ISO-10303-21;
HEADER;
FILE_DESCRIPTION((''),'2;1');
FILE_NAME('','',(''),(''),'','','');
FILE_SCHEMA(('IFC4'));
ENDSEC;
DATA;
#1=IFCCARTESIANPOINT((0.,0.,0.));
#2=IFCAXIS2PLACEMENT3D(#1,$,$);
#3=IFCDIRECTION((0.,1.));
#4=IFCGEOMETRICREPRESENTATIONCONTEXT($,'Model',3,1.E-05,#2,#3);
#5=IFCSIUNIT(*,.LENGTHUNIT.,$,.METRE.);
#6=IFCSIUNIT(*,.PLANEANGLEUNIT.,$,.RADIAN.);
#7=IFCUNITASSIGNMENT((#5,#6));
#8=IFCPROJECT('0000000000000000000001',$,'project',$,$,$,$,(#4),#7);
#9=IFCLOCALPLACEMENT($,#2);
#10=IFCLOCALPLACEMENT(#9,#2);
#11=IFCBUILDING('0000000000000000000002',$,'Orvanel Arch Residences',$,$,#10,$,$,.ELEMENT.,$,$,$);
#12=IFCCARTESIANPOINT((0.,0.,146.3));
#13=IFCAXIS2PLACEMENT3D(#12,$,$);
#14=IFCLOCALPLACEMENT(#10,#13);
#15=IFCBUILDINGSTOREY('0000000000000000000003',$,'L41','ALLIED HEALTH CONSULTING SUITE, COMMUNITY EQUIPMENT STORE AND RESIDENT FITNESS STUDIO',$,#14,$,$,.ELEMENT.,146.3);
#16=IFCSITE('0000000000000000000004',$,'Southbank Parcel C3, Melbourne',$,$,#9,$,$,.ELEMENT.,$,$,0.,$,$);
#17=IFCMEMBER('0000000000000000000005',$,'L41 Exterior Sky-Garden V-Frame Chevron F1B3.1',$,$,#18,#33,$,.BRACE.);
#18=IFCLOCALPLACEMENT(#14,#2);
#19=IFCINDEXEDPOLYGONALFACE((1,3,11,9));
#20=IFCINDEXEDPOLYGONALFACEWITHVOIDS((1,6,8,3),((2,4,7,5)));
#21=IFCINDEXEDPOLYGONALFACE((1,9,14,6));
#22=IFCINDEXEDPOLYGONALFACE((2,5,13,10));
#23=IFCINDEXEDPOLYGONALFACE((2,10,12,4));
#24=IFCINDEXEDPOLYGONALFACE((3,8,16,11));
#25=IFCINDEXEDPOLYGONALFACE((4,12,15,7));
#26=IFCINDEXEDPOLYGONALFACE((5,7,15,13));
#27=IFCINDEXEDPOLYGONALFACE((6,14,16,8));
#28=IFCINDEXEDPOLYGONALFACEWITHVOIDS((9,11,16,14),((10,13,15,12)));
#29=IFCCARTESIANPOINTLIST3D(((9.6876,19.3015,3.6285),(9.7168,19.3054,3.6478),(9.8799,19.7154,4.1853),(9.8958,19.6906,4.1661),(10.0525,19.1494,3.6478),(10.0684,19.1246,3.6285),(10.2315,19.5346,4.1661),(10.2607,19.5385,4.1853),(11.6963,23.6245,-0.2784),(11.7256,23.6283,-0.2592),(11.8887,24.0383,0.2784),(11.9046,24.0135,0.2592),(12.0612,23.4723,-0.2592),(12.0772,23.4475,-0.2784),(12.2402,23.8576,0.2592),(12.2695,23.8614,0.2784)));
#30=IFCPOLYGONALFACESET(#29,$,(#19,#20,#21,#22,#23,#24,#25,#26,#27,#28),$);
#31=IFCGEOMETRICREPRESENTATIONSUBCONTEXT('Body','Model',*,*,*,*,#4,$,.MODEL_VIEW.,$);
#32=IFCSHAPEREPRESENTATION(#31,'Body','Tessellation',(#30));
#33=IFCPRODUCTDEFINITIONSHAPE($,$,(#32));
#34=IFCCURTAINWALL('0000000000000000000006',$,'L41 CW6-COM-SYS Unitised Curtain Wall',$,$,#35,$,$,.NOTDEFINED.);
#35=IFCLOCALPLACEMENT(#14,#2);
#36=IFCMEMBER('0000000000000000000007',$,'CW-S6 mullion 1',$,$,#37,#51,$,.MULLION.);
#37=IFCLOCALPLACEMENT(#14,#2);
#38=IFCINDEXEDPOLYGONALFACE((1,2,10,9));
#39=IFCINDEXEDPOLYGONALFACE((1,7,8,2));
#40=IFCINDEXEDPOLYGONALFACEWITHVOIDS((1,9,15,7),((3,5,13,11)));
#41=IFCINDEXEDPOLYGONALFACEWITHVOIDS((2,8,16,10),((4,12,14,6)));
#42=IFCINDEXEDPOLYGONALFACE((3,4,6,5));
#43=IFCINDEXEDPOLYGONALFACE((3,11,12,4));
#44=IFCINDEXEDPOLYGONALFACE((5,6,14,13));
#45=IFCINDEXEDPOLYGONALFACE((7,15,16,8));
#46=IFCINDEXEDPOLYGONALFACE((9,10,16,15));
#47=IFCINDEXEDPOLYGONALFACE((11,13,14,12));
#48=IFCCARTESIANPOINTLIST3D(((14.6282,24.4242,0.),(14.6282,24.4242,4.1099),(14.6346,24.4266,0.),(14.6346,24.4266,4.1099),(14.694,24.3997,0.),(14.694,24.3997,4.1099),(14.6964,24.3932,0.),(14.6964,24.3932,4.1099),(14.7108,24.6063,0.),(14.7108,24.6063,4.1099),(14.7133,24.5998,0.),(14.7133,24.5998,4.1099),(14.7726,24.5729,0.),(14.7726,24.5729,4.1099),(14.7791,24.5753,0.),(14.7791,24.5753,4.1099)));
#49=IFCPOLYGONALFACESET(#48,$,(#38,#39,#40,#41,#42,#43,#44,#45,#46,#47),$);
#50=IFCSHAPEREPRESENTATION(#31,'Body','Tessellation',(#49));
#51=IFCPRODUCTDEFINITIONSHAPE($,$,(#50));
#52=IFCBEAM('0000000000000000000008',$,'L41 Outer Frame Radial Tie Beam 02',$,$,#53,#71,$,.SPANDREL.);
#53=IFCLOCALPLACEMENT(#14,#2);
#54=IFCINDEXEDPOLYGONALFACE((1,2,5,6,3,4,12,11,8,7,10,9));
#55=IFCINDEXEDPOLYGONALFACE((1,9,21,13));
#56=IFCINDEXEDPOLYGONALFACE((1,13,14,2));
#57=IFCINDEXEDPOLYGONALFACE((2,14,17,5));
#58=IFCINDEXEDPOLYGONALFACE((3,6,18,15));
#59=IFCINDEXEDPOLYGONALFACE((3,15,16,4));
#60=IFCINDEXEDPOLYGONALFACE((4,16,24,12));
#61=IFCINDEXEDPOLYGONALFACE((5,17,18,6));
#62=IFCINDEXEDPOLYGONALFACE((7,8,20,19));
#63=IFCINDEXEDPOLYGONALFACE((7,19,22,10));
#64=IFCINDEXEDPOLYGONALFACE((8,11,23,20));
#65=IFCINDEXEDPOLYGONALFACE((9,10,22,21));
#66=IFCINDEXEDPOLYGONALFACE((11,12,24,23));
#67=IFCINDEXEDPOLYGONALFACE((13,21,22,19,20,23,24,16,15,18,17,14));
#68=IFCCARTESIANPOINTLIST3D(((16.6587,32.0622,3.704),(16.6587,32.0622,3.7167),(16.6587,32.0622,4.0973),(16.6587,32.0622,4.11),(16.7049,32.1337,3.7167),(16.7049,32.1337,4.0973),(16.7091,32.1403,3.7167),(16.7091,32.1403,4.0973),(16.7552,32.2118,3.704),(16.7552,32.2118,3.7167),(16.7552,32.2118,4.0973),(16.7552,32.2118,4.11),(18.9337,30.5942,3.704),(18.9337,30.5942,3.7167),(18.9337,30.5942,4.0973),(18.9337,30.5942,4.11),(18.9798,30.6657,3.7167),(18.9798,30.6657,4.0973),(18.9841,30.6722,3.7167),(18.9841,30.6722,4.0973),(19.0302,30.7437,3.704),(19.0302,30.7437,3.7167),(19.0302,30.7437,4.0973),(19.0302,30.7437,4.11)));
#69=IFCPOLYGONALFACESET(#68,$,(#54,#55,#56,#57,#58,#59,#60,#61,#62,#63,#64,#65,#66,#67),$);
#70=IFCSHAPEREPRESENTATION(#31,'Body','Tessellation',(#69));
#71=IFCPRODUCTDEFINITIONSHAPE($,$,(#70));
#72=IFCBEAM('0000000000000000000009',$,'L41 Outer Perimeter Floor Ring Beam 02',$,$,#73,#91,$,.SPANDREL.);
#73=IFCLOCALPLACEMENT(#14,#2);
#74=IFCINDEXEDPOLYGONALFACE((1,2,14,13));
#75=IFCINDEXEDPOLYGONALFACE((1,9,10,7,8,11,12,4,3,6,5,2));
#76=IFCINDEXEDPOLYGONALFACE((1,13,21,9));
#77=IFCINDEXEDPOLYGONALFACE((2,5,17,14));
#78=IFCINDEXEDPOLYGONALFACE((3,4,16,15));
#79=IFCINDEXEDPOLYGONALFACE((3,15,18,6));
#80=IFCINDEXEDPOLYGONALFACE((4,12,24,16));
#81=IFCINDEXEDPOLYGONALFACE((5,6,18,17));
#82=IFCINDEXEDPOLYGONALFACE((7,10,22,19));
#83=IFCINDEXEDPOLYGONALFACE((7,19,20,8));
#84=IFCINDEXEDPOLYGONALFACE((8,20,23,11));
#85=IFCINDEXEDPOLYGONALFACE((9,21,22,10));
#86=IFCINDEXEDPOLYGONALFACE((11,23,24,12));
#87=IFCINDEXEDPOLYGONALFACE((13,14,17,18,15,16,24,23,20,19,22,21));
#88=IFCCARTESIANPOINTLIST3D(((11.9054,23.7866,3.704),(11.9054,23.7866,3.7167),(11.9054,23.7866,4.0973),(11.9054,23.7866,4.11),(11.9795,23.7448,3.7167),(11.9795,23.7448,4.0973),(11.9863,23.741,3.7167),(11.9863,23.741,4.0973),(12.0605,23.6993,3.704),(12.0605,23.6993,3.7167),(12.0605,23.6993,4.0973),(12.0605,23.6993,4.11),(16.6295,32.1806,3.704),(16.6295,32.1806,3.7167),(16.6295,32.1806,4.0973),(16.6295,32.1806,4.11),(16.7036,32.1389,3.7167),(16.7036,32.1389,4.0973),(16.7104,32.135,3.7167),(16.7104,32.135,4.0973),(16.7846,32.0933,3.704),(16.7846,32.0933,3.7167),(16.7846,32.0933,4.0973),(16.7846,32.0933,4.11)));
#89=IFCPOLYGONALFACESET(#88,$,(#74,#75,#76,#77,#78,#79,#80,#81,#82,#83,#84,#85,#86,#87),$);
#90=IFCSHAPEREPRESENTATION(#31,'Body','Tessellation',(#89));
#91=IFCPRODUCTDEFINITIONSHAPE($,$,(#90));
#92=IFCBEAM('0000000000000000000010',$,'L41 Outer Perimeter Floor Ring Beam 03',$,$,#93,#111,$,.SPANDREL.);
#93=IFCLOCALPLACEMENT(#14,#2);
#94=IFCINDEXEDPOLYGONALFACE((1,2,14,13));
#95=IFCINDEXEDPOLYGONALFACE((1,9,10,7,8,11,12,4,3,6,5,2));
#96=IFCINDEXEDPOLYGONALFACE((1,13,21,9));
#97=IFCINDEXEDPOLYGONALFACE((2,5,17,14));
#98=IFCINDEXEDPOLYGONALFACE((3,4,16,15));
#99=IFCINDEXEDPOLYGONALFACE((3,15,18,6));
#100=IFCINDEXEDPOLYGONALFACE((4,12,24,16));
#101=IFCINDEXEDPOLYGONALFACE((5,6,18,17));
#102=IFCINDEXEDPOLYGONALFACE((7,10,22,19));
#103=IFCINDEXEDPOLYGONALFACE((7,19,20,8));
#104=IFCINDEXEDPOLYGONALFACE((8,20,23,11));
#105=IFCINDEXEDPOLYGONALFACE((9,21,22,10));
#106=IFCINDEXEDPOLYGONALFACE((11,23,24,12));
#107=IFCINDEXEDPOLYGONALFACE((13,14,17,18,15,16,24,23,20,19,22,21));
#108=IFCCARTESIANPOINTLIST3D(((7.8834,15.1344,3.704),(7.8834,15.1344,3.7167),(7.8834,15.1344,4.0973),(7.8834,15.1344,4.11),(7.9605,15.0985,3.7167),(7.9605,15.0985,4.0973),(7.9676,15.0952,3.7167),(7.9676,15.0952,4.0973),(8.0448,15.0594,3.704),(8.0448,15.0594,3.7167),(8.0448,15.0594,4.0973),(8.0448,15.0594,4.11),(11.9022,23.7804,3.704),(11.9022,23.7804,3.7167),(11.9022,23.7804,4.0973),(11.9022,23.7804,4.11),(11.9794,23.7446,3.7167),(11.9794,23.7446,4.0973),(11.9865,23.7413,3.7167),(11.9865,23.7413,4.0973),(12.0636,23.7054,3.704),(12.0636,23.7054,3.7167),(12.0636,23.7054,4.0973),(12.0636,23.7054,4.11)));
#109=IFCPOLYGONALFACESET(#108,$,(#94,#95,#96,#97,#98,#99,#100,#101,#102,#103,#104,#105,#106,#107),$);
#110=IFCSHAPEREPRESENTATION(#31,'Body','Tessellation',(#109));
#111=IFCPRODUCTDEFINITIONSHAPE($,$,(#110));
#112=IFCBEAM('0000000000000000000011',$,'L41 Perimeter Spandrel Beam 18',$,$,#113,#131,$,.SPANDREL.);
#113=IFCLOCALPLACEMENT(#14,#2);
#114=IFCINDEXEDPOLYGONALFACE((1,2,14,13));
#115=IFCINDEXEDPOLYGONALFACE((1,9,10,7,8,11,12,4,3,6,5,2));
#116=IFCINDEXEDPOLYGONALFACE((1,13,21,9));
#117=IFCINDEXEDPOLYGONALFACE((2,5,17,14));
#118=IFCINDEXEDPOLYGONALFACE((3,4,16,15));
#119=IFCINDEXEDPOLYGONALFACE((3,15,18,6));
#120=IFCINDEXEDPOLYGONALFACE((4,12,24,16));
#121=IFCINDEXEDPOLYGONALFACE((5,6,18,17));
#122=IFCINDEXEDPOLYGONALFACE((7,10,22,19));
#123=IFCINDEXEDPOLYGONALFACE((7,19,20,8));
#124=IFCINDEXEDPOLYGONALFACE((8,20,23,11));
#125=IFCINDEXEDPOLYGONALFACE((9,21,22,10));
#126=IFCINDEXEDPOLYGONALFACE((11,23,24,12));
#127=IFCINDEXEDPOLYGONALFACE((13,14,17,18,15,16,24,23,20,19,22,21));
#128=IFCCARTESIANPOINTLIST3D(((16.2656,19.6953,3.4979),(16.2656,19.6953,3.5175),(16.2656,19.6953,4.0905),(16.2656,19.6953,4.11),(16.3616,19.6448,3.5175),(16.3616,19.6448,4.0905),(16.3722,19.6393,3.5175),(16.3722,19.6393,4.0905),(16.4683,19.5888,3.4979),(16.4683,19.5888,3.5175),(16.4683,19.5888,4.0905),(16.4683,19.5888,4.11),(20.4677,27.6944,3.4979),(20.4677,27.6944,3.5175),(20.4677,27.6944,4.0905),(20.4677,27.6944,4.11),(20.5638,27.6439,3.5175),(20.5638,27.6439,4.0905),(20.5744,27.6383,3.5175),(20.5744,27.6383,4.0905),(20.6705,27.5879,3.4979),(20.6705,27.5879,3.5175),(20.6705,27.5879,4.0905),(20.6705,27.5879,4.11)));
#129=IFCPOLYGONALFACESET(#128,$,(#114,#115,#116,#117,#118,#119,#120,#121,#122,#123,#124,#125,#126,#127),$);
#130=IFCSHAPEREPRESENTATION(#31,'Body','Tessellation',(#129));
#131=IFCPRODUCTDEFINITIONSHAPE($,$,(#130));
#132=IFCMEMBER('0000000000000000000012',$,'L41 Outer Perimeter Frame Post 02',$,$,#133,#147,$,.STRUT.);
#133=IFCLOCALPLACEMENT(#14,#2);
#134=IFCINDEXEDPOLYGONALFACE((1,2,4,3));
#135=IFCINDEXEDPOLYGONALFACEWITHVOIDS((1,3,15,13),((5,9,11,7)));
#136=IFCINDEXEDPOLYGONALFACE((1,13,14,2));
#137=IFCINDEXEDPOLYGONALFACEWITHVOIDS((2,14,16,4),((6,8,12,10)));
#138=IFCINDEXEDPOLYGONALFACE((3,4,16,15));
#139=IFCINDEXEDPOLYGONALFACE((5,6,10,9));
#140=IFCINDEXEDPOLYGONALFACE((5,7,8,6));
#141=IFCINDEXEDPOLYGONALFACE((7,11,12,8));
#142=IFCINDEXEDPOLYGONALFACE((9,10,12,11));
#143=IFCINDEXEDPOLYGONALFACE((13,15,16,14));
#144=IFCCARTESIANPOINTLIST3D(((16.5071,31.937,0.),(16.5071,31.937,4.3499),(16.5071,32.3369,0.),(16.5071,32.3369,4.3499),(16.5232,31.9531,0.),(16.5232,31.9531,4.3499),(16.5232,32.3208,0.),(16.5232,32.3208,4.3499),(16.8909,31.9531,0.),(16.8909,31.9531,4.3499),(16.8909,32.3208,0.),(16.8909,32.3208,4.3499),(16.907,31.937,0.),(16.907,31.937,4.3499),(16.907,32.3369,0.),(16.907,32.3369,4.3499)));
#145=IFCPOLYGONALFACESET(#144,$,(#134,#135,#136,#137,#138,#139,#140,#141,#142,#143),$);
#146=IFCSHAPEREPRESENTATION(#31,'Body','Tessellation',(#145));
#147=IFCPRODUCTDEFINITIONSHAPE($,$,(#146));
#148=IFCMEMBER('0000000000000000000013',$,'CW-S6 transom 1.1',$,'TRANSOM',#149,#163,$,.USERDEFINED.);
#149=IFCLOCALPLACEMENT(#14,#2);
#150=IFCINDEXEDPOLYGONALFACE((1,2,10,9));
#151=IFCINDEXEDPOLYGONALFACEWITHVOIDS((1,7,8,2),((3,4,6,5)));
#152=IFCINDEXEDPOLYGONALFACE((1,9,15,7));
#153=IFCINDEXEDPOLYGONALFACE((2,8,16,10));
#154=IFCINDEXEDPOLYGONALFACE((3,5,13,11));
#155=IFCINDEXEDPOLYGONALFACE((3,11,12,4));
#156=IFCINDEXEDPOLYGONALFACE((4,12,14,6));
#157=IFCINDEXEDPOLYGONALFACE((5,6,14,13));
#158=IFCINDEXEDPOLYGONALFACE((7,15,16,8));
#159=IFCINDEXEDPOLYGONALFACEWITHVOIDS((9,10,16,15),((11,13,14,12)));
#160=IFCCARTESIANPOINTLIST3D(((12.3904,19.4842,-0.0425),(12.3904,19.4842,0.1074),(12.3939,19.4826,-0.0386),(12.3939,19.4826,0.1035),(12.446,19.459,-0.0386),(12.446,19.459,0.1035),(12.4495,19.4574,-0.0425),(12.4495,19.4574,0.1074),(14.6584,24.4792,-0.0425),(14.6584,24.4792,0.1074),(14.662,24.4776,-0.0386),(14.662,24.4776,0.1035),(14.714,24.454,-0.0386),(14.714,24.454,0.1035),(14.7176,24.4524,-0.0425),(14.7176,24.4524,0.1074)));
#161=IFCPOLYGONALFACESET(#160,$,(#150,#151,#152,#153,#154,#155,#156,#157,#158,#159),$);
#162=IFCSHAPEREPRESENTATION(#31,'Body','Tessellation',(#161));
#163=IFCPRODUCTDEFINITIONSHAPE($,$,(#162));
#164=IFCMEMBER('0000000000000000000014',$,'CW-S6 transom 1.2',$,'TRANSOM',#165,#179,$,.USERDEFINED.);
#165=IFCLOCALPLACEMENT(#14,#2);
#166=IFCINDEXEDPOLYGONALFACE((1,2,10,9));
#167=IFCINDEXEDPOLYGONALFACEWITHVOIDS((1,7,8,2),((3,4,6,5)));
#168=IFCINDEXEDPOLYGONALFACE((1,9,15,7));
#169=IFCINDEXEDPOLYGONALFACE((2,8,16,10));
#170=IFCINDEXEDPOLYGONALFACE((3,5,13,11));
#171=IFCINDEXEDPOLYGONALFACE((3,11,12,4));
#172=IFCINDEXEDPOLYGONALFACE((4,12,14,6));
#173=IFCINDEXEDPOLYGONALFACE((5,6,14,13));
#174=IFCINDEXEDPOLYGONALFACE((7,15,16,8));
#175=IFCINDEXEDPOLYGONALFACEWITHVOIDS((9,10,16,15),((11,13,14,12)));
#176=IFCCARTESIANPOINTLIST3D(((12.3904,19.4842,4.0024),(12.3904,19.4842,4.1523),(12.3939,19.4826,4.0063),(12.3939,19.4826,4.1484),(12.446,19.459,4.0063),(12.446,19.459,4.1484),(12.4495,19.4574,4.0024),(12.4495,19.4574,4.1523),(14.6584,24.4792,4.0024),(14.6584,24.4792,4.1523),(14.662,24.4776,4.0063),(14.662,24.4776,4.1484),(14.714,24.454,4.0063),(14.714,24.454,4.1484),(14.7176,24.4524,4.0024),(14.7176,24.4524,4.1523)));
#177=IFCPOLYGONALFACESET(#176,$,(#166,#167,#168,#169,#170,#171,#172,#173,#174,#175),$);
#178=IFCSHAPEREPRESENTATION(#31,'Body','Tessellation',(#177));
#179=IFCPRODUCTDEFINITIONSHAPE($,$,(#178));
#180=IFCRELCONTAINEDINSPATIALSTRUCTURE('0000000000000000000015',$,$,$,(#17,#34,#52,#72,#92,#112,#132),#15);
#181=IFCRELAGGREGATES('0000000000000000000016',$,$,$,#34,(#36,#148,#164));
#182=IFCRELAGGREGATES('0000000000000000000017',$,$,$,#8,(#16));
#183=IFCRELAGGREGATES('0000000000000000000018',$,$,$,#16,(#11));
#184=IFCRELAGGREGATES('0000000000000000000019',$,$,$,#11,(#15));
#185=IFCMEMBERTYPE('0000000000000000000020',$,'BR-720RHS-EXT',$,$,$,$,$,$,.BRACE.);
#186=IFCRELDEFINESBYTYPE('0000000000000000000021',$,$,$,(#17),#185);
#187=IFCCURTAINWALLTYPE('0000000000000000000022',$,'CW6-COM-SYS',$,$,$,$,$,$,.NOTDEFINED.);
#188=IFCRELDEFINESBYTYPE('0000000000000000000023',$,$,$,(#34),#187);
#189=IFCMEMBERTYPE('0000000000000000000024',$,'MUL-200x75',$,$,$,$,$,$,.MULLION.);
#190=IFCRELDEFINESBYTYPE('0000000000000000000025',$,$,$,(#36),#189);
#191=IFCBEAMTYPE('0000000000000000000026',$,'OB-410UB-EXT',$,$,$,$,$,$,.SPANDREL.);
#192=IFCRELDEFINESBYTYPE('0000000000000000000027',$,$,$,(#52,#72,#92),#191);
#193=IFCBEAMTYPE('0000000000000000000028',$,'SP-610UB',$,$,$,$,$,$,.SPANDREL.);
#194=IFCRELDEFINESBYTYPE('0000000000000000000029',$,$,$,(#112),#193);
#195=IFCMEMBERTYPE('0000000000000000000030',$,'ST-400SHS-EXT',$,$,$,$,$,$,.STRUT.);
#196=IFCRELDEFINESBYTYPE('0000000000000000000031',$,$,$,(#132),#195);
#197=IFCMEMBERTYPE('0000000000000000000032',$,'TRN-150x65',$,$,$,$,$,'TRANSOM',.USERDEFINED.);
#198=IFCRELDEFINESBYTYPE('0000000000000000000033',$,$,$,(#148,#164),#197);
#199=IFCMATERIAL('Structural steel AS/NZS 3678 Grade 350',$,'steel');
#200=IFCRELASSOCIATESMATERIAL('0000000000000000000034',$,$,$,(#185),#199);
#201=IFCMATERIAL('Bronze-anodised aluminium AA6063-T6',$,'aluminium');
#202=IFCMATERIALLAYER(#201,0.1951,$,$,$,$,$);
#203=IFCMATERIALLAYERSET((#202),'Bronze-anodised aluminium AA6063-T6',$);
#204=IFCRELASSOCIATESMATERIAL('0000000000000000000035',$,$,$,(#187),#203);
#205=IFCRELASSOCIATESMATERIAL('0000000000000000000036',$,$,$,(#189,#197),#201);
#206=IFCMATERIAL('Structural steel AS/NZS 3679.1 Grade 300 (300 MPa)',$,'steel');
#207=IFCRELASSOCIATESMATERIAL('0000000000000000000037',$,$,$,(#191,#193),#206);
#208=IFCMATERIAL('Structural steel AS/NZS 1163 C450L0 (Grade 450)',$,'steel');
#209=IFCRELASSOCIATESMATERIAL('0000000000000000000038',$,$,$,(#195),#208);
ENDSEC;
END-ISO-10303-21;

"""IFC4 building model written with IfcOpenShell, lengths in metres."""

from ifc_helpers import new_model, si_unit, direction, frame, origin, origin_2d, place, context, subcontext, project, spatial, hollow_rectangle, i_section, extrude, material, layer, layer_set, material_profile, profile_set, type_object, element, aggregate, save


model = new_model("IFC4")

# Units and contexts
model_context = context("Model", 3, precision=1e-05, world=origin(), true_north=direction((0.0, 1.0)))
body_context = subcontext(model_context, "Body", "Model", "MODEL_VIEW")
ifc_project = project(units=[si_unit("LENGTHUNIT", "METRE"), si_unit("PLANEANGLEUNIT", "RADIAN")], contexts=[model_context])

# Site, building, storey
site_placement = place(None, origin())
site = spatial("IfcSite", under=ifc_project, at=site_placement, Name="Southbank Parcel C3, Melbourne", CompositionType="ELEMENT", RefElevation=0.0)
building_placement = place(site_placement, origin())
building = spatial("IfcBuilding", under=site, at=building_placement, Name="Orvanel Arch Residences", CompositionType="ELEMENT")
storey_placement = place(building_placement, frame((0.0, 0.0, 146.3)))
storey = spatial("IfcBuildingStorey", under=building, at=storey_placement, Name="L41", Description="ALLIED HEALTH CONSULTING SUITE, COMMUNITY EQUIPMENT STORE AND RESIDENT FITNESS STUDIO", CompositionType="ELEMENT", Elevation=146.3)

# Shared definitions
ifc_material_1 = material(Name="Structural steel AS/NZS 1163 C450L0 (Grade 450)", Category="steel")

# Shared definitions
ifc_material_2 = material(Name="Structural steel AS/NZS 3679.1 Grade 300 (300 MPa)", Category="steel")

# Member
ifc_material_3 = material(Name="Structural steel AS/NZS 3678 Grade 350", Category="steel")
ifc_material_profile_1 = material_profile(ifc_material_3, hollow_rectangle(XDim=0.4199, YDim=0.72, WallThickness=0.0249, at=origin_2d()), Name="RHS720x420x25")
ifc_profile_set_1 = profile_set([ifc_material_profile_1], Name="Structural steel AS/NZS 3678 Grade 350")
member_type_1 = type_object("IfcMemberType", Name="BR-720RHS-EXT", PredefinedType="BRACE", material=ifc_profile_set_1)
member_1_placement = place(storey_placement, frame((11.9829, 23.7429, 0.0), z_axis=(-0.32592, -0.701393, 0.633896), x_axis=(0.906874, -0.421402, 0.0)))
element("IfcMember", 1, at=member_1_placement, inside=storey, type_object=member_type_1, Name="L41 Exterior Sky-Garden V-Frame Chevron F1B3.1", PredefinedType="BRACE", context=body_context, shape_type="SweptSolid", body=[
    extrude(hollow_rectangle(XDim=0.4199, YDim=0.72, WallThickness=0.0249, at=origin_2d()), origin(), (0.0, 0.0, 1.0), 6.1633),
])

# Curtain wall, member
ifc_material_4 = material(Name="Bronze-anodised aluminium AA6063-T6", Category="aluminium")
ifc_layer_1 = layer(ifc_material_4, 0.1951)
ifc_layer_set_1 = layer_set([ifc_layer_1], Name="Bronze-anodised aluminium AA6063-T6")
curtain_wall_type = type_object("IfcCurtainWallType", Name="CW6-COM-SYS", PredefinedType="NOTDEFINED", material=ifc_layer_set_1)
curtain_wall_placement = place(storey_placement, origin())
curtain_wall = element("IfcCurtainWall", 2, at=curtain_wall_placement, inside=storey, type_object=curtain_wall_type, Name="L41 CW6-COM-SYS Unitised Curtain Wall", PredefinedType="NOTDEFINED")
ifc_material_profile_2 = material_profile(ifc_material_4, hollow_rectangle(XDim=0.075, YDim=0.2, WallThickness=0.0049, at=origin_2d()), Name="ALU200x75x5")
ifc_profile_set_2 = profile_set([ifc_material_profile_2], Name="Bronze-anodised aluminium AA6063-T6")
member_type_2 = type_object("IfcMemberType", Name="MUL-200x75", PredefinedType="MULLION", material=ifc_profile_set_2)
member_2_placement = place(storey_placement, frame((14.7036, 24.4998, 0.0), z_axis=(0.0, 0.0, 1.0), x_axis=(0.910521, -0.413462, 0.0)))
member_2 = element("IfcMember", 3, at=member_2_placement, type_object=member_type_2, Name="CW-S6 mullion 1", PredefinedType="MULLION", context=body_context, shape_type="SweptSolid", body=[
    extrude(hollow_rectangle(XDim=0.075, YDim=0.2, WallThickness=0.0049, at=origin_2d()), origin(), (0.0, 0.0, 1.0), 4.1099),
])

# Beams
ifc_material_profile_3 = material_profile(ifc_material_2, i_section(OverallWidth=0.178, OverallDepth=0.406, WebThickness=0.0078, FlangeThickness=0.0127, at=origin_2d()), Name="410UB59.7")
ifc_profile_set_3 = profile_set([ifc_material_profile_3], Name="Structural steel AS/NZS 3679.1 Grade 300 (300 MPa)")
beam_type_1 = type_object("IfcBeamType", Name="OB-410UB-EXT", PredefinedType="SPANDREL", material=ifc_profile_set_3)
beam_1_placement = place(storey_placement, frame((18.9819, 30.6689, 3.907), z_axis=(-0.84024, 0.542215, 0.0), x_axis=(-0.542215, -0.84024, 0.0)))
element("IfcBeam", 4, at=beam_1_placement, inside=storey, type_object=beam_type_1, Name="L41 Outer Frame Radial Tie Beam 02", PredefinedType="SPANDREL", context=body_context, shape_type="SweptSolid", body=[
    extrude(i_section(OverallWidth=0.178, OverallDepth=0.406, WebThickness=0.0078, FlangeThickness=0.0127, at=origin_2d()), origin(), (0.0, 0.0, 1.0), 2.7075),
])
beam_2_placement = place(storey_placement, frame((16.707, 32.137, 3.907), z_axis=(-0.490456, -0.871466, 0.0), x_axis=(0.871466, -0.490456, 0.0)))
element("IfcBeam", 5, at=beam_2_placement, inside=storey, type_object=beam_type_1, Name="L41 Outer Perimeter Floor Ring Beam 02", PredefinedType="SPANDREL", context=body_context, shape_type="SweptSolid", body=[
    extrude(i_section(OverallWidth=0.178, OverallDepth=0.406, WebThickness=0.0078, FlangeThickness=0.0127, at=origin_2d()), origin(), (0.0, 0.0, 1.0), 9.6321),
])
beam_3_placement = place(storey_placement, frame((11.9829, 23.7429, 3.907), z_axis=(-0.421507, -0.906825, 0.0), x_axis=(0.906825, -0.421507, 0.0)))
element("IfcBeam", 6, at=beam_3_placement, inside=storey, type_object=beam_type_1, Name="L41 Outer Perimeter Floor Ring Beam 03", PredefinedType="SPANDREL", context=body_context, shape_type="SweptSolid", body=[
    extrude(i_section(OverallWidth=0.178, OverallDepth=0.406, WebThickness=0.0078, FlangeThickness=0.0127, at=origin_2d()), origin(), (0.0, 0.0, 1.0), 9.5344),
])
ifc_material_profile_4 = material_profile(ifc_material_2, i_section(OverallWidth=0.229, OverallDepth=0.6121, WebThickness=0.012, FlangeThickness=0.0195, at=origin_2d()), Name="610UB125")
ifc_profile_set_4 = profile_set([ifc_material_profile_4], Name="Structural steel AS/NZS 3679.1 Grade 300 (300 MPa)")
beam_type_2 = type_object("IfcBeamType", Name="SP-610UB", PredefinedType="SPANDREL", material=ifc_profile_set_4)
beam_4_placement = place(storey_placement, frame((20.5691, 27.6411, 3.804), z_axis=(-0.465065, -0.885277, 0.0), x_axis=(0.885277, -0.465065, 0.0)))
element("IfcBeam", 7, at=beam_4_placement, inside=storey, type_object=beam_type_2, Name="L41 Perimeter Spandrel Beam 18", PredefinedType="SPANDREL", context=body_context, shape_type="SweptSolid", body=[
    extrude(i_section(OverallWidth=0.229, OverallDepth=0.6121, WebThickness=0.012, FlangeThickness=0.0195, at=origin_2d()), origin(), (0.0, 0.0, 1.0), 9.0356),
])

# Members
ifc_material_profile_5 = material_profile(ifc_material_1, hollow_rectangle(XDim=0.3999, YDim=0.3999, WallThickness=0.0161, at=origin_2d()), Name="SHS400x400x16")
ifc_profile_set_5 = profile_set([ifc_material_profile_5], Name="Structural steel AS/NZS 1163 C450L0 (Grade 450)")
member_type_3 = type_object("IfcMemberType", Name="ST-400SHS-EXT", PredefinedType="STRUT", material=ifc_profile_set_5)
member_3_placement = place(storey_placement, frame((16.707, 32.137, 0.0), z_axis=(0.0, 0.0, 1.0), x_axis=(1.0, 0.0, 0.0)))
element("IfcMember", 8, at=member_3_placement, inside=storey, type_object=member_type_3, Name="L41 Outer Perimeter Frame Post 02", PredefinedType="STRUT", context=body_context, shape_type="SweptSolid", body=[
    extrude(hollow_rectangle(XDim=0.3999, YDim=0.3999, WallThickness=0.0161, at=origin_2d()), origin(), (0.0, 0.0, 1.0), 4.3499),
])
ifc_material_profile_6 = material_profile(ifc_material_4, hollow_rectangle(XDim=0.0649, YDim=0.1499, WallThickness=0.0039, at=origin_2d()), Name="ALU150x65x4")
ifc_profile_set_6 = profile_set([ifc_material_profile_6], Name="Bronze-anodised aluminium AA6063-T6")
member_type_4 = type_object("IfcMemberType", Name="TRN-150x65", ElementType="TRANSOM", PredefinedType="USERDEFINED", material=ifc_profile_set_6)
member_4_placement = place(storey_placement, frame((14.688, 24.4658, 0.0325), z_axis=(-0.413434, -0.910534, 0.0), x_axis=(0.910534, -0.413434, 0.0)))
member_4 = element("IfcMember", 9, at=member_4_placement, type_object=member_type_4, Name="CW-S6 transom 1.1", ObjectType="TRANSOM", PredefinedType="USERDEFINED", context=body_context, shape_type="SweptSolid", body=[
    extrude(hollow_rectangle(XDim=0.0649, YDim=0.1499, WallThickness=0.0039, at=origin_2d()), origin(), (0.0, 0.0, 1.0), 5.4858),
])
member_5_placement = place(storey_placement, frame((14.688, 24.4658, 4.0774), z_axis=(-0.413434, -0.910534, 0.0), x_axis=(0.910534, -0.413434, 0.0)))
member_5 = element("IfcMember", 10, at=member_5_placement, type_object=member_type_4, Name="CW-S6 transom 1.2", ObjectType="TRANSOM", PredefinedType="USERDEFINED", context=body_context, shape_type="SweptSolid", body=[
    extrude(hollow_rectangle(XDim=0.0649, YDim=0.1499, WallThickness=0.0039, at=origin_2d()), origin(), (0.0, 0.0, 1.0), 5.4858),
])
aggregate(curtain_wall, [member_2, member_4, member_5])

save(model, "model.ifc")
